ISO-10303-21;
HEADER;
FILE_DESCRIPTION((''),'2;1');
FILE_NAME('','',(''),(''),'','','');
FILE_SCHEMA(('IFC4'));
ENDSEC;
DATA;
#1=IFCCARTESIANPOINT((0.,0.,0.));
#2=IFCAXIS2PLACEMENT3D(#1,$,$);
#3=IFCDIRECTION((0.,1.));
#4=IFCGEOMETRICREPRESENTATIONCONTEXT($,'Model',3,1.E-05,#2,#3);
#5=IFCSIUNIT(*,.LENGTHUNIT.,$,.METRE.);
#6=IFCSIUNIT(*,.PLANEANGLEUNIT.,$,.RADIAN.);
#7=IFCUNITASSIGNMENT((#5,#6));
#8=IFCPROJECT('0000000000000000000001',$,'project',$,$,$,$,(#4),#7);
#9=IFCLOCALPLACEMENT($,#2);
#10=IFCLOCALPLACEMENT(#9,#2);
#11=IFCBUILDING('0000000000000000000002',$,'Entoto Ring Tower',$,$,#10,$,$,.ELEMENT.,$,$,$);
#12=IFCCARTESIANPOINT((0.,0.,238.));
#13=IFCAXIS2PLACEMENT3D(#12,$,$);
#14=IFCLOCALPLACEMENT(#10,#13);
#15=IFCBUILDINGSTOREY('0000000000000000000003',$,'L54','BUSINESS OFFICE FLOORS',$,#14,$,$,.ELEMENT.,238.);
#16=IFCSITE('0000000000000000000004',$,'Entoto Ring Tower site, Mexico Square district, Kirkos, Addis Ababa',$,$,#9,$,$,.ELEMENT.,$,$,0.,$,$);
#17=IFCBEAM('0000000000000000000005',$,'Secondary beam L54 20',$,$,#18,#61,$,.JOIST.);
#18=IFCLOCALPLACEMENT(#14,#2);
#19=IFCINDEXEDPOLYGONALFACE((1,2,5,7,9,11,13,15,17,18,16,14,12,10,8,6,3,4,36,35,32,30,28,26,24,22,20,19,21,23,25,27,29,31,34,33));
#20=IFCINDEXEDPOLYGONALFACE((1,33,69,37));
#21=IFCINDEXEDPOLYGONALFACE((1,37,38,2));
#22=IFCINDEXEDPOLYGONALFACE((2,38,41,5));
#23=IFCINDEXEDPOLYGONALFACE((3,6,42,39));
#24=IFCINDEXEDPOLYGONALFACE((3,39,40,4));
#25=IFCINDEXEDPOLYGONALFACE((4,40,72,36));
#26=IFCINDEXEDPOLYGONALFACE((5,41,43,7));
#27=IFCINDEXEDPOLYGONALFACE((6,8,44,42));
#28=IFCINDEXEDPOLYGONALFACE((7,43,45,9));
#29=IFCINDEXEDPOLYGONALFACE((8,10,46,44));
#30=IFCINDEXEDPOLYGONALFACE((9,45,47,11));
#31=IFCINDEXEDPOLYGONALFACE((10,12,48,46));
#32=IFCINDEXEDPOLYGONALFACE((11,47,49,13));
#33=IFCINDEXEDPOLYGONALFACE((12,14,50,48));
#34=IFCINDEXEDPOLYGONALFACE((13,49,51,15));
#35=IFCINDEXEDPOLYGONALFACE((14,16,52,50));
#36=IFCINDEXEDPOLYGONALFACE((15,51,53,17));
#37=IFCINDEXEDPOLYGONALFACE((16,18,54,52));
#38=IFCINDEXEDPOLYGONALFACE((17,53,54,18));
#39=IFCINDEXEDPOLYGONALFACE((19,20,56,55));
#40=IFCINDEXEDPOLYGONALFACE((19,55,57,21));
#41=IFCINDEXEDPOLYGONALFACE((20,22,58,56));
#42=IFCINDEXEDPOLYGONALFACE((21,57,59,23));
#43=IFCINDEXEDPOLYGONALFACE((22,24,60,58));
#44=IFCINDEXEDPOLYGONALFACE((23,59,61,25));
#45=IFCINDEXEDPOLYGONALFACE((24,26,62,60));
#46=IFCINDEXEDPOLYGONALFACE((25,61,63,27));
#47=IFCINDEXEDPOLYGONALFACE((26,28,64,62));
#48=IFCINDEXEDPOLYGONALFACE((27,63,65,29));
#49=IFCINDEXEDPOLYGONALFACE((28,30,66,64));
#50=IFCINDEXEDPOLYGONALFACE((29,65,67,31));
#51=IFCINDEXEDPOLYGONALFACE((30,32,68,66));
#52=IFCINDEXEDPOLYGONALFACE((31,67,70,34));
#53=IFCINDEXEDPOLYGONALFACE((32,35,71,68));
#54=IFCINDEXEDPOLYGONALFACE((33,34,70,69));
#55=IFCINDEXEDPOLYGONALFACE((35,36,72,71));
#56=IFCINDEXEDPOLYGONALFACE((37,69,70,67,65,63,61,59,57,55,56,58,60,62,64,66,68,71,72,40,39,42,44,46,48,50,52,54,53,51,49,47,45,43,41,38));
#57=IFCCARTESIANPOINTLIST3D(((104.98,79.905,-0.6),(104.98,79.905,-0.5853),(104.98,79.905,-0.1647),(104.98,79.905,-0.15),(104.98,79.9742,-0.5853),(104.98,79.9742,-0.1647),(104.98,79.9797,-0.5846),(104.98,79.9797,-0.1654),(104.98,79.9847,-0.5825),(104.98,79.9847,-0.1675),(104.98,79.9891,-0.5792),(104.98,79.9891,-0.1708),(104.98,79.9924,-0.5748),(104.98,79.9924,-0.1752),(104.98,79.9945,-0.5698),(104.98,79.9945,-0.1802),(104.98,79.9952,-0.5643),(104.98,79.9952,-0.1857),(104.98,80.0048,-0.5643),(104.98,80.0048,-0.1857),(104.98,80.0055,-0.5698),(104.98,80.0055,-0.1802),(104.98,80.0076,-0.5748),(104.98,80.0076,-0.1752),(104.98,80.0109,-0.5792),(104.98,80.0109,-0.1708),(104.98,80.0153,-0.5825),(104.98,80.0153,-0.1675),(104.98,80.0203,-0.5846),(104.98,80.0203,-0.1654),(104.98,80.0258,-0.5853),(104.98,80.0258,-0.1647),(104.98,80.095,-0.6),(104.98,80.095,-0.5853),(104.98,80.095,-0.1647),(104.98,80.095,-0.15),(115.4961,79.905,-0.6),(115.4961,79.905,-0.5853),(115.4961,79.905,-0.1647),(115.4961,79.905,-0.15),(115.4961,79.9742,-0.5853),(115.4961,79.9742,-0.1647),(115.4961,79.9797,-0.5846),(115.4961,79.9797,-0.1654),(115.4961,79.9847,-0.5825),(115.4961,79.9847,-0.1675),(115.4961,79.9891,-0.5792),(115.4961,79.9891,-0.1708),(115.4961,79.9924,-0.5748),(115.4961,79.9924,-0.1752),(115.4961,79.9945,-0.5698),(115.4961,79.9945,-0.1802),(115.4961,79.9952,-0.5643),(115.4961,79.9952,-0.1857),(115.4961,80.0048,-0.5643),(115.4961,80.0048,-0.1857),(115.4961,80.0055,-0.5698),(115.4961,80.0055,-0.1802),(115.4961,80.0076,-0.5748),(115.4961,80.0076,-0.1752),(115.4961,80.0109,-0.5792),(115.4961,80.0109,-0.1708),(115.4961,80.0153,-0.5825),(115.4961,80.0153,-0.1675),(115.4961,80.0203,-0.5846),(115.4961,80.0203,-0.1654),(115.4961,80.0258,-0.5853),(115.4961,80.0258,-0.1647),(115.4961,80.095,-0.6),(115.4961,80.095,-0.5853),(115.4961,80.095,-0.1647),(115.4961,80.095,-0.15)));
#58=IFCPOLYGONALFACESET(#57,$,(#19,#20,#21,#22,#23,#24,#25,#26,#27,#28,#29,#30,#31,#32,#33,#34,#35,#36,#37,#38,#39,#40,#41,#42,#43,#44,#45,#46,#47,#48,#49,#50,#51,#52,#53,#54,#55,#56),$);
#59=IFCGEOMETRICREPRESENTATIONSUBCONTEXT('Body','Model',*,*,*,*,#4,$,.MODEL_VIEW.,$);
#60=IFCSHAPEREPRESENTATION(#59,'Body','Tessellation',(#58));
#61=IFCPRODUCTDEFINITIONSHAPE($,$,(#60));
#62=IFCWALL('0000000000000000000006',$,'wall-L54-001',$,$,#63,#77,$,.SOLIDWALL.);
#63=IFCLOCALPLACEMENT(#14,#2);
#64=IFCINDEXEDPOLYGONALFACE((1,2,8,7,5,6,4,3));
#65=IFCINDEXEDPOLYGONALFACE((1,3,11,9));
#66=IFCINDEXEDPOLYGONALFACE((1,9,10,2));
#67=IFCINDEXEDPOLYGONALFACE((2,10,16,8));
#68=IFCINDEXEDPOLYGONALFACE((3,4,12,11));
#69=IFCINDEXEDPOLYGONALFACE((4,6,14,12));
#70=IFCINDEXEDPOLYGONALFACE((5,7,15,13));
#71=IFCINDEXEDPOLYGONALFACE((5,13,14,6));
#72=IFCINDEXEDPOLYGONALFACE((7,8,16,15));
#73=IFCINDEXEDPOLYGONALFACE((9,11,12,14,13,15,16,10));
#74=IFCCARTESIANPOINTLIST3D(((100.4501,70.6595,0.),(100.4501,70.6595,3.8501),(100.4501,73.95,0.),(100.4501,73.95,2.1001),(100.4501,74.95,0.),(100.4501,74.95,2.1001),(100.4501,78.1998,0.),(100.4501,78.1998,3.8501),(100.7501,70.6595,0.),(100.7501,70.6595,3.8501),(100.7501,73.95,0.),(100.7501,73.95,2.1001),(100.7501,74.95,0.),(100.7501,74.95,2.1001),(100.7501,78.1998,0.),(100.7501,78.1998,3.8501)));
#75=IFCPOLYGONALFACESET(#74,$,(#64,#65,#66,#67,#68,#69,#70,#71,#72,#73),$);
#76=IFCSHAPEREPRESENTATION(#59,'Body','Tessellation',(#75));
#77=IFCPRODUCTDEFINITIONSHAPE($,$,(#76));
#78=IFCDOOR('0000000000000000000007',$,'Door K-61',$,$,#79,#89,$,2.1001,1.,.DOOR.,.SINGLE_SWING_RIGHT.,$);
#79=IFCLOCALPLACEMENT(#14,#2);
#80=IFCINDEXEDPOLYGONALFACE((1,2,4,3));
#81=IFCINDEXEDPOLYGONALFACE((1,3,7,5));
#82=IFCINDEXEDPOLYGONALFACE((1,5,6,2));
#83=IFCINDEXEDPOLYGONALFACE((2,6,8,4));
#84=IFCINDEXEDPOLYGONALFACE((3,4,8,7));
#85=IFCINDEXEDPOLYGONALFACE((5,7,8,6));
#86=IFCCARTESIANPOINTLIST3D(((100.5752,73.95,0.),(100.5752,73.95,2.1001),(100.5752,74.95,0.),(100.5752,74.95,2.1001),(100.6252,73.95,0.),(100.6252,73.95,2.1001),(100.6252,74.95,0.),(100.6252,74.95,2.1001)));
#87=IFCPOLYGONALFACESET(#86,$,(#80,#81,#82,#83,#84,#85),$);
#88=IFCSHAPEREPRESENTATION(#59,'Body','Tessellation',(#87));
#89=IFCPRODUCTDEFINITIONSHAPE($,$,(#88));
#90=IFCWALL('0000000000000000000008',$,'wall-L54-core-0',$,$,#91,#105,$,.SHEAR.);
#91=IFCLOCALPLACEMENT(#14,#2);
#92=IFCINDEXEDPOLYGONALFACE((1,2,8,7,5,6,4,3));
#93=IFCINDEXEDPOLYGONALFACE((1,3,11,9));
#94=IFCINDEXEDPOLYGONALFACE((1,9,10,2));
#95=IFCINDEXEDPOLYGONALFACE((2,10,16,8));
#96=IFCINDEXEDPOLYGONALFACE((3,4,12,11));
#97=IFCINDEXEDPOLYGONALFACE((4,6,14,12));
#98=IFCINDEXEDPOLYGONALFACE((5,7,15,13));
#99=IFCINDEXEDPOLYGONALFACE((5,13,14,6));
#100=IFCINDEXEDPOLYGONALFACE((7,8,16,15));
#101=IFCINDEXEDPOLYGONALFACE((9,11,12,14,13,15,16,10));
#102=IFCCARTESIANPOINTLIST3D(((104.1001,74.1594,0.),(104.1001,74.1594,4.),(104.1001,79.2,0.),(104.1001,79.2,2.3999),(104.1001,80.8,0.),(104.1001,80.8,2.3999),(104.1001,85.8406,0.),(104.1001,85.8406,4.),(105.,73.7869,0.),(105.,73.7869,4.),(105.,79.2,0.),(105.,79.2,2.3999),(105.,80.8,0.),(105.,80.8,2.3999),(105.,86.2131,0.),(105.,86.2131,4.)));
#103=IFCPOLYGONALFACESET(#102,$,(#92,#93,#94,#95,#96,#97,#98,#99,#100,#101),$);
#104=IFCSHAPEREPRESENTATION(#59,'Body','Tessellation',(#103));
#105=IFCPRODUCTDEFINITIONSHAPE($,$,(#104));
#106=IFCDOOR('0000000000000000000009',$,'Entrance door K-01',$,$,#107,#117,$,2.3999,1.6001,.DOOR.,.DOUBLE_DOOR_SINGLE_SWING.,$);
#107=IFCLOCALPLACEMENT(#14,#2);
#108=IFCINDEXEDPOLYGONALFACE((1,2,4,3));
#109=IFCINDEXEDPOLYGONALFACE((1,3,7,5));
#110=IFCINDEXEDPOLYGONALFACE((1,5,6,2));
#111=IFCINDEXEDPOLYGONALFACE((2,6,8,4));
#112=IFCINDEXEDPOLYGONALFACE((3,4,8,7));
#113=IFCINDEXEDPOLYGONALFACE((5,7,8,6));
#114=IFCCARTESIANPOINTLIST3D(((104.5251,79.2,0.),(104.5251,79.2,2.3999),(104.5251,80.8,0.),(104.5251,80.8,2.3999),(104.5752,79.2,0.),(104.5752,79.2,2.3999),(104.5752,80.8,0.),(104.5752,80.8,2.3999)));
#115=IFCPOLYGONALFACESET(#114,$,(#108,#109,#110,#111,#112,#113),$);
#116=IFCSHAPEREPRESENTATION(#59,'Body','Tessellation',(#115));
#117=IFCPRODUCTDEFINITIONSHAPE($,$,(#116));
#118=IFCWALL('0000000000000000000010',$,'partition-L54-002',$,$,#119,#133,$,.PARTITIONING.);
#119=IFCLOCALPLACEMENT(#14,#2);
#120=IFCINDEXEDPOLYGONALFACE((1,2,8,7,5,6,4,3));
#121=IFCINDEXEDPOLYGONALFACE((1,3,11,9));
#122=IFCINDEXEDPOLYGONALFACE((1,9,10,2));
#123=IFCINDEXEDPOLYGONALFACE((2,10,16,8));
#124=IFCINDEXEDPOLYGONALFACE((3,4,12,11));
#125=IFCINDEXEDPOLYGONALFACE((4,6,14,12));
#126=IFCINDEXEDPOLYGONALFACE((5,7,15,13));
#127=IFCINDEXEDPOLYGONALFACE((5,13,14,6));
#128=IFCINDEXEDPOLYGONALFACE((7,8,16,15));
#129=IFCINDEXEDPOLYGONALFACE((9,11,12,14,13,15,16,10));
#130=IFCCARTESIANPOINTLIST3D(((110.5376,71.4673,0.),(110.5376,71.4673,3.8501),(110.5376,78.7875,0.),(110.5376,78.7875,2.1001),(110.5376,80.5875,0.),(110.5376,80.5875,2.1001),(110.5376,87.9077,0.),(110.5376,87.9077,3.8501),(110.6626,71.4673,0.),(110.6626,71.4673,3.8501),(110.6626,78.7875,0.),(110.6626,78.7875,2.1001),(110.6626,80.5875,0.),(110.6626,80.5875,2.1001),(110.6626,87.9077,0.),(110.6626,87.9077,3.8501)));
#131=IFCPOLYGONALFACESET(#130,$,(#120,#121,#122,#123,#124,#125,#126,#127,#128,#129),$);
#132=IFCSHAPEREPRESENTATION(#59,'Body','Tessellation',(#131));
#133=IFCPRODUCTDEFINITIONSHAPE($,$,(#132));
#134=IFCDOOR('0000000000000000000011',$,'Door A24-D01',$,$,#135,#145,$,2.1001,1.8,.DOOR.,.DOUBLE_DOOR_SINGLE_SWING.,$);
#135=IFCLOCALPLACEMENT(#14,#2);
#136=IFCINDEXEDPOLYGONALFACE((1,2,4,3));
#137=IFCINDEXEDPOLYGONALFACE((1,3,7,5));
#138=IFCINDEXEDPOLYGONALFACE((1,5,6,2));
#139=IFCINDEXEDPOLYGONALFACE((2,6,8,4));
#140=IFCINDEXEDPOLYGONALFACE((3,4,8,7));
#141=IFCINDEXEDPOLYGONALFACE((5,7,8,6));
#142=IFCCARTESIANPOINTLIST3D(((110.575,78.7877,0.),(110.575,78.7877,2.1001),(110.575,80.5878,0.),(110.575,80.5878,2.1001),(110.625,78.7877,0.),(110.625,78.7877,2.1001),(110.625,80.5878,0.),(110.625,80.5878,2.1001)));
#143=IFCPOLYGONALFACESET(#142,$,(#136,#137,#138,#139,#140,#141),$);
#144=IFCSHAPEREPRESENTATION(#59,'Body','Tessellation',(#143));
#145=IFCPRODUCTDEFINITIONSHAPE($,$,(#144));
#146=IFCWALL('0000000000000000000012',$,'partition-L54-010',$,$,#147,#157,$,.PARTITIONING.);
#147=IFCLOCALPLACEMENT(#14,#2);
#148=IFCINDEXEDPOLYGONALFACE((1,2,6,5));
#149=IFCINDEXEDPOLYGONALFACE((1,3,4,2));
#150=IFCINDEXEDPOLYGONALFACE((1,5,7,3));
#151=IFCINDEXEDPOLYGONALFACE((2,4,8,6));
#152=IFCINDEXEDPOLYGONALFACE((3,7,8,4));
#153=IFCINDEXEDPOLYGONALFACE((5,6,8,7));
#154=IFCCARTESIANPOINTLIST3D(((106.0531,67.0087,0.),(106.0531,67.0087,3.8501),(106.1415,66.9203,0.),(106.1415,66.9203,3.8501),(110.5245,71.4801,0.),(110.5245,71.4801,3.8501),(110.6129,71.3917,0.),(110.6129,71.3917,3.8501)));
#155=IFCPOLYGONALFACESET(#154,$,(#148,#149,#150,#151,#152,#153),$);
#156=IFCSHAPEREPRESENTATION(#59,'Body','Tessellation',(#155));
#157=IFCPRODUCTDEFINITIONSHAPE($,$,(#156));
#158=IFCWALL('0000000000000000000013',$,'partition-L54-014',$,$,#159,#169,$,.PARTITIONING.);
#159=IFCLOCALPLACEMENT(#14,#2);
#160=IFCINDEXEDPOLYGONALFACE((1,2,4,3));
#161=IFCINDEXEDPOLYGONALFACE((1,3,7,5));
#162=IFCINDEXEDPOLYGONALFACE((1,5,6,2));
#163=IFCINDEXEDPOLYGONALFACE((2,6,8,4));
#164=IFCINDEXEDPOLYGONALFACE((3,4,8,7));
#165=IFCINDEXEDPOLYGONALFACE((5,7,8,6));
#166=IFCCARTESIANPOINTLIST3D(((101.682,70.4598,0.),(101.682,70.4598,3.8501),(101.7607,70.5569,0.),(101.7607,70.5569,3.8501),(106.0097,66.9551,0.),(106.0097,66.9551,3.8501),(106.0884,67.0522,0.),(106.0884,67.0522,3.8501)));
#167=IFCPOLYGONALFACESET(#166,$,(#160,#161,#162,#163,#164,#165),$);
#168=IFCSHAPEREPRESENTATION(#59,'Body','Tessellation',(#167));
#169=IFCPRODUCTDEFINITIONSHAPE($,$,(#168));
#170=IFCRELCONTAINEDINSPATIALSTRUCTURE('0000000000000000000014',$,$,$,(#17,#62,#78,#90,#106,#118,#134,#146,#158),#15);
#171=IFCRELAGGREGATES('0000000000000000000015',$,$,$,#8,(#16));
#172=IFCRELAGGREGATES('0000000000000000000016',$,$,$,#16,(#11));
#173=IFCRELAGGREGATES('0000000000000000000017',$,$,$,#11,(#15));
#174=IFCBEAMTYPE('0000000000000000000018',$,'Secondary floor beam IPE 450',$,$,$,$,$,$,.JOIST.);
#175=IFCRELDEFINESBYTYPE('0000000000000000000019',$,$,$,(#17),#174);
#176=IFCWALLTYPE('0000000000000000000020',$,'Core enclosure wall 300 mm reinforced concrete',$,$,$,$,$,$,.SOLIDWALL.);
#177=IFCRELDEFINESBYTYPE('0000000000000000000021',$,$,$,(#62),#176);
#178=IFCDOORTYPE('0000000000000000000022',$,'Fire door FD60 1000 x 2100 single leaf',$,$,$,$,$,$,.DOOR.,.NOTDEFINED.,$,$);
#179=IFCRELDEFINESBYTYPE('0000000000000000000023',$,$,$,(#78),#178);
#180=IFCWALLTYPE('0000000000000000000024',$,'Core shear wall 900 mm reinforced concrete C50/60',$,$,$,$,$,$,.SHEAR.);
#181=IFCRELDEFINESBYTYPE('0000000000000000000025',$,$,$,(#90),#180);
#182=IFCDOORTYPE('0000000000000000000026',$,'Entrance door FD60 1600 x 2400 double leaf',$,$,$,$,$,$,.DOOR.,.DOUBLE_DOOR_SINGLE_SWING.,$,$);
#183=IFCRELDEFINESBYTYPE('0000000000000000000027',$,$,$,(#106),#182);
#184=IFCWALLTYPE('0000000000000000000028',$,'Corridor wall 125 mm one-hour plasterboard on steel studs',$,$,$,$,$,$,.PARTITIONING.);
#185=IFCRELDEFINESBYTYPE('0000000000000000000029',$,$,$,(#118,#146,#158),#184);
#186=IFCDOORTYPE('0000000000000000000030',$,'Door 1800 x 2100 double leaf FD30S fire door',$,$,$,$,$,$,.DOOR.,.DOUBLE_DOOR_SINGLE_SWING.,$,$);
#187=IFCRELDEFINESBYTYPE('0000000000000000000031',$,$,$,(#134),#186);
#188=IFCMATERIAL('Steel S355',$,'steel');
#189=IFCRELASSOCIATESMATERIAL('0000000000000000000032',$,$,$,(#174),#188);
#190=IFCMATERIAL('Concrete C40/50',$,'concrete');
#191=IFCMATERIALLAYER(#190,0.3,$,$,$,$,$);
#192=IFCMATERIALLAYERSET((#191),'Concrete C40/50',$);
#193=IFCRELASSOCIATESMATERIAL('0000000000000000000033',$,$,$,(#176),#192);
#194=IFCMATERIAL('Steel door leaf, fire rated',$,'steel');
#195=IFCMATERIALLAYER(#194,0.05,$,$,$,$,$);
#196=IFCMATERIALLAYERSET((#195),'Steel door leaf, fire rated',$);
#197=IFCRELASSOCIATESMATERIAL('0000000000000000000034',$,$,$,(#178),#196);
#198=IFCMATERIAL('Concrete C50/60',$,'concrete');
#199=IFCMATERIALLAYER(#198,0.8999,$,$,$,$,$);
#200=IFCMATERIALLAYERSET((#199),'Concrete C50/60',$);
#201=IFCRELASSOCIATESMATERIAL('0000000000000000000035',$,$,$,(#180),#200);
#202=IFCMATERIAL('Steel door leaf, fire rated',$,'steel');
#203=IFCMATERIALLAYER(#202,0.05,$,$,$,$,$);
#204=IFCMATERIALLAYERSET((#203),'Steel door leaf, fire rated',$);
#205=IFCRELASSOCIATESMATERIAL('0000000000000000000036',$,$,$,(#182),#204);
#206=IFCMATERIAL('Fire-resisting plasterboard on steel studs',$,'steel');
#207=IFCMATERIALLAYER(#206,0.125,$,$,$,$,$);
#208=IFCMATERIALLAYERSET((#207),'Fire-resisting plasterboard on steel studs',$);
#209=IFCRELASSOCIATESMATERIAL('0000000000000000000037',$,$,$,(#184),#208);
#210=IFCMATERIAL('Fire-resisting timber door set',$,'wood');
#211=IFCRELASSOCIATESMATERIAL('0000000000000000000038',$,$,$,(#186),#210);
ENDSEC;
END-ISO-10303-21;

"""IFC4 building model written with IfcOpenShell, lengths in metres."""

from ifc_helpers import new_model, si_unit, direction, frame, frame_2d, origin, origin_2d, place, context, subcontext, project, spatial, polyline, rectangle, i_section, outline, extrude, material, layer, layer_set, material_profile, profile_set, type_object, element, fill, save


model = new_model("IFC4")

# Units and contexts
model_context = context("Model", 3, precision=1e-05, world=origin(), true_north=direction((0.0, 1.0)))
body_context = subcontext(model_context, "Body", "Model", "MODEL_VIEW")
ifc_project = project(units=[si_unit("LENGTHUNIT", "METRE"), si_unit("PLANEANGLEUNIT", "RADIAN")], contexts=[model_context])

# Site, building, storey
site_placement = place(None, origin())
site = spatial("IfcSite", under=ifc_project, at=site_placement, Name="Entoto Ring Tower site, Mexico Square district, Kirkos, Addis Ababa", CompositionType="ELEMENT", RefElevation=0.0)
building_placement = place(site_placement, origin())
building = spatial("IfcBuilding", under=site, at=building_placement, Name="Entoto Ring Tower", CompositionType="ELEMENT")
storey_placement = place(building_placement, frame((0.0, 0.0, 238.0)))
storey = spatial("IfcBuildingStorey", under=building, at=storey_placement, Name="L54", Description="BUSINESS OFFICE FLOORS", CompositionType="ELEMENT", Elevation=238.0)

# Beam
ifc_material_1 = material(Name="Steel S355", Category="steel")
ifc_material_profile_1 = material_profile(ifc_material_1, i_section(OverallWidth=0.1899, OverallDepth=0.45, WebThickness=0.0095, FlangeThickness=0.0146, FilletRadius=0.021, at=origin_2d()), Name="IPE 450")
ifc_profile_set_1 = profile_set([ifc_material_profile_1], Name="Steel S355")
beam_type_1 = type_object("IfcBeamType", Name="Secondary floor beam IPE 450", PredefinedType="JOIST", material=ifc_profile_set_1)
beam_1_placement = place(storey_placement, frame((104.98, 80.0, -0.375), z_axis=(1.0, 0.0, 0.0), x_axis=(0.0, 1.0, 0.0)))
element("IfcBeam", 1, at=beam_1_placement, inside=storey, type_object=beam_type_1, Name="Secondary beam L54 20", PredefinedType="JOIST", context=body_context, shape_type="SweptSolid", body=[
    extrude(i_section(OverallWidth=0.1899, OverallDepth=0.45, WebThickness=0.0095, FlangeThickness=0.0146, FilletRadius=0.021, at=origin_2d()), origin(), (0.0, 0.0, 1.0), 10.5161),
])

# Walls, openings, doors
ifc_material_2 = material(Name="Concrete C40/50", Category="concrete")
ifc_layer_1 = layer(ifc_material_2, 0.3)
ifc_layer_set_1 = layer_set([ifc_layer_1], Name="Concrete C40/50")
wall_type_1 = type_object("IfcWallType", Name="Core enclosure wall 300 mm reinforced concrete", PredefinedType="SOLIDWALL", material=ifc_layer_set_1)
wall_1_placement = place(storey_placement, frame((100.6001, 70.6597, 0.0), z_axis=(0.0, 0.0, 1.0), x_axis=(0.0, 1.0, 0.0)))
wall_1 = element("IfcWall", 2, at=wall_1_placement, inside=storey, type_object=wall_type_1, Name="wall-L54-001", PredefinedType="SOLIDWALL", context=body_context, shape_type="SweptSolid", body=[
    extrude(rectangle(XDim=7.5403, YDim=0.3, at=frame_2d((3.77, 0.0))), origin(), (0.0, 0.0, 1.0), 3.8501),
])
opening_1_placement = place(wall_1_placement, frame((3.2903, 0.0, 0.0)))
opening_1 = element("IfcOpeningElement", 3, at=opening_1_placement, cuts=wall_1, PredefinedType="OPENING", context=body_context, shape_type="SweptSolid", body=[
    extrude(rectangle(XDim=1.0, YDim=2.1001, at=frame_2d((0.5, 1.05))), frame((0.0, 0.1602, 0.0), z_axis=(0.0, -1.0, 0.0), x_axis=(1.0, 0.0, 0.0)), (0.0, 0.0, 1.0), 0.3201),
])
ifc_material_3 = material(Name="Steel door leaf, fire rated", Category="steel")
ifc_layer_2 = layer(ifc_material_3, 0.05)
ifc_layer_set_2 = layer_set([ifc_layer_2], Name="Steel door leaf, fire rated")
door_type_1 = type_object("IfcDoorType", Name="Fire door FD60 1000 x 2100 single leaf", OperationType="NOTDEFINED", PredefinedType="DOOR", material=ifc_layer_set_2)
door_1_placement = place(opening_1_placement, origin())
door_1 = element("IfcDoor", 4, at=door_1_placement, inside=storey, type_object=door_type_1, Name="Door K-61", OperationType="SINGLE_SWING_RIGHT", OverallHeight=2.1001, OverallWidth=1.0, PredefinedType="DOOR", context=body_context, shape_type="SweptSolid", body=[
    extrude(rectangle(XDim=1.0, YDim=2.1001, at=frame_2d((0.5, 1.05))), frame((0.0, 0.0249, 0.0), z_axis=(0.0, -1.0, 0.0), x_axis=(1.0, 0.0, 0.0)), (0.0, 0.0, 1.0), 0.05),
])
fill(opening_1, door_1)
ifc_material_4 = material(Name="Concrete C50/60", Category="concrete")
ifc_layer_3 = layer(ifc_material_4, 0.8999)
ifc_layer_set_3 = layer_set([ifc_layer_3], Name="Concrete C50/60")
wall_type_2 = type_object("IfcWallType", Name="Core shear wall 900 mm reinforced concrete C50/60", PredefinedType="SHEAR", material=ifc_layer_set_3)
wall_2_placement = place(storey_placement, frame((104.55, 73.9731, 0.0), z_axis=(0.0, 0.0, 1.0), x_axis=(0.0, 1.0, 0.0)))
wall_2 = element("IfcWall", 5, at=wall_2_placement, inside=storey, type_object=wall_type_2, Name="wall-L54-core-0", PredefinedType="SHEAR", context=body_context, shape_type="SweptSolid", body=[
    extrude(outline(polyline([(-0.1863, -0.45), (12.24, -0.45), (11.8674, 0.45), (0.1863, 0.45), (-0.1863, -0.45)])), origin(), (0.0, 0.0, 1.0), 4.0),
])
opening_2_placement = place(wall_2_placement, frame((5.2268, 0.0, 0.0)))
opening_2 = element("IfcOpeningElement", 6, at=opening_2_placement, cuts=wall_2, PredefinedType="OPENING", context=body_context, shape_type="SweptSolid", body=[
    extrude(rectangle(XDim=1.6001, YDim=2.3999, at=frame_2d((0.8, 1.2))), frame((0.0, 0.46, 0.0), z_axis=(0.0, -1.0, 0.0), x_axis=(1.0, 0.0, 0.0)), (0.0, 0.0, 1.0), 0.9199),
])
ifc_material_5 = material(Name="Steel door leaf, fire rated", Category="steel")
ifc_layer_4 = layer(ifc_material_5, 0.05)
ifc_layer_set_4 = layer_set([ifc_layer_4], Name="Steel door leaf, fire rated")
door_type_2 = type_object("IfcDoorType", Name="Entrance door FD60 1600 x 2400 double leaf", OperationType="DOUBLE_DOOR_SINGLE_SWING", PredefinedType="DOOR", material=ifc_layer_set_4)
door_2_placement = place(opening_2_placement, origin())
door_2 = element("IfcDoor", 7, at=door_2_placement, inside=storey, type_object=door_type_2, Name="Entrance door K-01", OperationType="DOUBLE_DOOR_SINGLE_SWING", OverallHeight=2.3999, OverallWidth=1.6001, PredefinedType="DOOR", context=body_context, shape_type="SweptSolid", body=[
    extrude(rectangle(XDim=1.6001, YDim=2.3999, at=frame_2d((0.8, 1.2))), frame((0.0, 0.0249, 0.0), z_axis=(0.0, -1.0, 0.0), x_axis=(1.0, 0.0, 0.0)), (0.0, 0.0, 1.0), 0.05),
])
fill(opening_2, door_2)
ifc_material_6 = material(Name="Fire-resisting plasterboard on steel studs", Category="steel")
ifc_layer_5 = layer(ifc_material_6, 0.125)
ifc_layer_set_5 = layer_set([ifc_layer_5], Name="Fire-resisting plasterboard on steel studs")
wall_type_3 = type_object("IfcWallType", Name="Corridor wall 125 mm one-hour plasterboard on steel studs", PredefinedType="PARTITIONING", material=ifc_layer_set_5)
wall_3_placement = place(storey_placement, frame((110.6001, 71.4673, 0.0), z_axis=(0.0, 0.0, 1.0), x_axis=(0.0, 1.0, 0.0)))
wall_3 = element("IfcWall", 8, at=wall_3_placement, inside=storey, type_object=wall_type_3, Name="partition-L54-002", PredefinedType="PARTITIONING", context=body_context, shape_type="SweptSolid", body=[
    extrude(rectangle(XDim=16.4404, YDim=0.125, at=frame_2d((8.2202, 0.0))), origin(), (0.0, 0.0, 1.0), 3.8501),
])
opening_3_placement = place(wall_3_placement, frame((7.3203, 0.0, 0.0)))
opening_3 = element("IfcOpeningElement", 9, at=opening_3_placement, cuts=wall_3, PredefinedType="OPENING", context=body_context, shape_type="SweptSolid", body=[
    extrude(rectangle(XDim=1.8, YDim=2.1001, at=frame_2d((0.8999, 1.05))), frame((0.0, 0.0725, 0.0), z_axis=(0.0, -1.0, 0.0), x_axis=(1.0, 0.0, 0.0)), (0.0, 0.0, 1.0), 0.145),
])
ifc_material_7 = material(Name="Fire-resisting timber door set", Category="wood")
door_type_3 = type_object("IfcDoorType", Name="Door 1800 x 2100 double leaf FD30S fire door", OperationType="DOUBLE_DOOR_SINGLE_SWING", PredefinedType="DOOR", material=ifc_material_7)
door_3_placement = place(opening_3_placement, frame((1.8, 0.0, 0.0), z_axis=(0.0, 0.0, 1.0), x_axis=(-1.0, 0.0, 0.0)))
door_3 = element("IfcDoor", 10, at=door_3_placement, inside=storey, type_object=door_type_3, Name="Door A24-D01", OperationType="DOUBLE_DOOR_SINGLE_SWING", OverallHeight=2.1001, OverallWidth=1.8, PredefinedType="DOOR", context=body_context, shape_type="SweptSolid", body=[
    extrude(rectangle(XDim=1.8, YDim=2.1001, at=frame_2d((0.8999, 1.05))), frame((0.0, 0.0249, 0.0), z_axis=(0.0, -1.0, 0.0), x_axis=(1.0, 0.0, 0.0)), (0.0, 0.0, 1.0), 0.05),
])
fill(opening_3, door_3)

# Walls
wall_4_placement = place(storey_placement, frame((106.0974, 66.9646, 0.0), z_axis=(0.0, 0.0, 1.0), x_axis=(0.707107, 0.707107, 0.0)))
element("IfcWall", 11, at=wall_4_placement, inside=storey, type_object=wall_type_3, Name="partition-L54-010", PredefinedType="PARTITIONING", context=body_context, shape_type="SweptSolid", body=[
    extrude(rectangle(XDim=6.3235, YDim=0.125, at=frame_2d((3.1616, 0.0))), origin(), (0.0, 0.0, 1.0), 3.8501),
])
wall_5_placement = place(storey_placement, frame((106.0491, 67.0037, 0.0), z_axis=(0.0, 0.0, 1.0), x_axis=(-0.777129, 0.629341, 0.0)))
element("IfcWall", 12, at=wall_5_placement, inside=storey, type_object=wall_type_3, Name="partition-L54-014", PredefinedType="PARTITIONING", context=body_context, shape_type="SweptSolid", body=[
    extrude(rectangle(XDim=5.5688, YDim=0.125, at=frame_2d((2.7844, 0.0))), origin(), (0.0, 0.0, 1.0), 3.8501),
])

save(model, "model.ifc")
